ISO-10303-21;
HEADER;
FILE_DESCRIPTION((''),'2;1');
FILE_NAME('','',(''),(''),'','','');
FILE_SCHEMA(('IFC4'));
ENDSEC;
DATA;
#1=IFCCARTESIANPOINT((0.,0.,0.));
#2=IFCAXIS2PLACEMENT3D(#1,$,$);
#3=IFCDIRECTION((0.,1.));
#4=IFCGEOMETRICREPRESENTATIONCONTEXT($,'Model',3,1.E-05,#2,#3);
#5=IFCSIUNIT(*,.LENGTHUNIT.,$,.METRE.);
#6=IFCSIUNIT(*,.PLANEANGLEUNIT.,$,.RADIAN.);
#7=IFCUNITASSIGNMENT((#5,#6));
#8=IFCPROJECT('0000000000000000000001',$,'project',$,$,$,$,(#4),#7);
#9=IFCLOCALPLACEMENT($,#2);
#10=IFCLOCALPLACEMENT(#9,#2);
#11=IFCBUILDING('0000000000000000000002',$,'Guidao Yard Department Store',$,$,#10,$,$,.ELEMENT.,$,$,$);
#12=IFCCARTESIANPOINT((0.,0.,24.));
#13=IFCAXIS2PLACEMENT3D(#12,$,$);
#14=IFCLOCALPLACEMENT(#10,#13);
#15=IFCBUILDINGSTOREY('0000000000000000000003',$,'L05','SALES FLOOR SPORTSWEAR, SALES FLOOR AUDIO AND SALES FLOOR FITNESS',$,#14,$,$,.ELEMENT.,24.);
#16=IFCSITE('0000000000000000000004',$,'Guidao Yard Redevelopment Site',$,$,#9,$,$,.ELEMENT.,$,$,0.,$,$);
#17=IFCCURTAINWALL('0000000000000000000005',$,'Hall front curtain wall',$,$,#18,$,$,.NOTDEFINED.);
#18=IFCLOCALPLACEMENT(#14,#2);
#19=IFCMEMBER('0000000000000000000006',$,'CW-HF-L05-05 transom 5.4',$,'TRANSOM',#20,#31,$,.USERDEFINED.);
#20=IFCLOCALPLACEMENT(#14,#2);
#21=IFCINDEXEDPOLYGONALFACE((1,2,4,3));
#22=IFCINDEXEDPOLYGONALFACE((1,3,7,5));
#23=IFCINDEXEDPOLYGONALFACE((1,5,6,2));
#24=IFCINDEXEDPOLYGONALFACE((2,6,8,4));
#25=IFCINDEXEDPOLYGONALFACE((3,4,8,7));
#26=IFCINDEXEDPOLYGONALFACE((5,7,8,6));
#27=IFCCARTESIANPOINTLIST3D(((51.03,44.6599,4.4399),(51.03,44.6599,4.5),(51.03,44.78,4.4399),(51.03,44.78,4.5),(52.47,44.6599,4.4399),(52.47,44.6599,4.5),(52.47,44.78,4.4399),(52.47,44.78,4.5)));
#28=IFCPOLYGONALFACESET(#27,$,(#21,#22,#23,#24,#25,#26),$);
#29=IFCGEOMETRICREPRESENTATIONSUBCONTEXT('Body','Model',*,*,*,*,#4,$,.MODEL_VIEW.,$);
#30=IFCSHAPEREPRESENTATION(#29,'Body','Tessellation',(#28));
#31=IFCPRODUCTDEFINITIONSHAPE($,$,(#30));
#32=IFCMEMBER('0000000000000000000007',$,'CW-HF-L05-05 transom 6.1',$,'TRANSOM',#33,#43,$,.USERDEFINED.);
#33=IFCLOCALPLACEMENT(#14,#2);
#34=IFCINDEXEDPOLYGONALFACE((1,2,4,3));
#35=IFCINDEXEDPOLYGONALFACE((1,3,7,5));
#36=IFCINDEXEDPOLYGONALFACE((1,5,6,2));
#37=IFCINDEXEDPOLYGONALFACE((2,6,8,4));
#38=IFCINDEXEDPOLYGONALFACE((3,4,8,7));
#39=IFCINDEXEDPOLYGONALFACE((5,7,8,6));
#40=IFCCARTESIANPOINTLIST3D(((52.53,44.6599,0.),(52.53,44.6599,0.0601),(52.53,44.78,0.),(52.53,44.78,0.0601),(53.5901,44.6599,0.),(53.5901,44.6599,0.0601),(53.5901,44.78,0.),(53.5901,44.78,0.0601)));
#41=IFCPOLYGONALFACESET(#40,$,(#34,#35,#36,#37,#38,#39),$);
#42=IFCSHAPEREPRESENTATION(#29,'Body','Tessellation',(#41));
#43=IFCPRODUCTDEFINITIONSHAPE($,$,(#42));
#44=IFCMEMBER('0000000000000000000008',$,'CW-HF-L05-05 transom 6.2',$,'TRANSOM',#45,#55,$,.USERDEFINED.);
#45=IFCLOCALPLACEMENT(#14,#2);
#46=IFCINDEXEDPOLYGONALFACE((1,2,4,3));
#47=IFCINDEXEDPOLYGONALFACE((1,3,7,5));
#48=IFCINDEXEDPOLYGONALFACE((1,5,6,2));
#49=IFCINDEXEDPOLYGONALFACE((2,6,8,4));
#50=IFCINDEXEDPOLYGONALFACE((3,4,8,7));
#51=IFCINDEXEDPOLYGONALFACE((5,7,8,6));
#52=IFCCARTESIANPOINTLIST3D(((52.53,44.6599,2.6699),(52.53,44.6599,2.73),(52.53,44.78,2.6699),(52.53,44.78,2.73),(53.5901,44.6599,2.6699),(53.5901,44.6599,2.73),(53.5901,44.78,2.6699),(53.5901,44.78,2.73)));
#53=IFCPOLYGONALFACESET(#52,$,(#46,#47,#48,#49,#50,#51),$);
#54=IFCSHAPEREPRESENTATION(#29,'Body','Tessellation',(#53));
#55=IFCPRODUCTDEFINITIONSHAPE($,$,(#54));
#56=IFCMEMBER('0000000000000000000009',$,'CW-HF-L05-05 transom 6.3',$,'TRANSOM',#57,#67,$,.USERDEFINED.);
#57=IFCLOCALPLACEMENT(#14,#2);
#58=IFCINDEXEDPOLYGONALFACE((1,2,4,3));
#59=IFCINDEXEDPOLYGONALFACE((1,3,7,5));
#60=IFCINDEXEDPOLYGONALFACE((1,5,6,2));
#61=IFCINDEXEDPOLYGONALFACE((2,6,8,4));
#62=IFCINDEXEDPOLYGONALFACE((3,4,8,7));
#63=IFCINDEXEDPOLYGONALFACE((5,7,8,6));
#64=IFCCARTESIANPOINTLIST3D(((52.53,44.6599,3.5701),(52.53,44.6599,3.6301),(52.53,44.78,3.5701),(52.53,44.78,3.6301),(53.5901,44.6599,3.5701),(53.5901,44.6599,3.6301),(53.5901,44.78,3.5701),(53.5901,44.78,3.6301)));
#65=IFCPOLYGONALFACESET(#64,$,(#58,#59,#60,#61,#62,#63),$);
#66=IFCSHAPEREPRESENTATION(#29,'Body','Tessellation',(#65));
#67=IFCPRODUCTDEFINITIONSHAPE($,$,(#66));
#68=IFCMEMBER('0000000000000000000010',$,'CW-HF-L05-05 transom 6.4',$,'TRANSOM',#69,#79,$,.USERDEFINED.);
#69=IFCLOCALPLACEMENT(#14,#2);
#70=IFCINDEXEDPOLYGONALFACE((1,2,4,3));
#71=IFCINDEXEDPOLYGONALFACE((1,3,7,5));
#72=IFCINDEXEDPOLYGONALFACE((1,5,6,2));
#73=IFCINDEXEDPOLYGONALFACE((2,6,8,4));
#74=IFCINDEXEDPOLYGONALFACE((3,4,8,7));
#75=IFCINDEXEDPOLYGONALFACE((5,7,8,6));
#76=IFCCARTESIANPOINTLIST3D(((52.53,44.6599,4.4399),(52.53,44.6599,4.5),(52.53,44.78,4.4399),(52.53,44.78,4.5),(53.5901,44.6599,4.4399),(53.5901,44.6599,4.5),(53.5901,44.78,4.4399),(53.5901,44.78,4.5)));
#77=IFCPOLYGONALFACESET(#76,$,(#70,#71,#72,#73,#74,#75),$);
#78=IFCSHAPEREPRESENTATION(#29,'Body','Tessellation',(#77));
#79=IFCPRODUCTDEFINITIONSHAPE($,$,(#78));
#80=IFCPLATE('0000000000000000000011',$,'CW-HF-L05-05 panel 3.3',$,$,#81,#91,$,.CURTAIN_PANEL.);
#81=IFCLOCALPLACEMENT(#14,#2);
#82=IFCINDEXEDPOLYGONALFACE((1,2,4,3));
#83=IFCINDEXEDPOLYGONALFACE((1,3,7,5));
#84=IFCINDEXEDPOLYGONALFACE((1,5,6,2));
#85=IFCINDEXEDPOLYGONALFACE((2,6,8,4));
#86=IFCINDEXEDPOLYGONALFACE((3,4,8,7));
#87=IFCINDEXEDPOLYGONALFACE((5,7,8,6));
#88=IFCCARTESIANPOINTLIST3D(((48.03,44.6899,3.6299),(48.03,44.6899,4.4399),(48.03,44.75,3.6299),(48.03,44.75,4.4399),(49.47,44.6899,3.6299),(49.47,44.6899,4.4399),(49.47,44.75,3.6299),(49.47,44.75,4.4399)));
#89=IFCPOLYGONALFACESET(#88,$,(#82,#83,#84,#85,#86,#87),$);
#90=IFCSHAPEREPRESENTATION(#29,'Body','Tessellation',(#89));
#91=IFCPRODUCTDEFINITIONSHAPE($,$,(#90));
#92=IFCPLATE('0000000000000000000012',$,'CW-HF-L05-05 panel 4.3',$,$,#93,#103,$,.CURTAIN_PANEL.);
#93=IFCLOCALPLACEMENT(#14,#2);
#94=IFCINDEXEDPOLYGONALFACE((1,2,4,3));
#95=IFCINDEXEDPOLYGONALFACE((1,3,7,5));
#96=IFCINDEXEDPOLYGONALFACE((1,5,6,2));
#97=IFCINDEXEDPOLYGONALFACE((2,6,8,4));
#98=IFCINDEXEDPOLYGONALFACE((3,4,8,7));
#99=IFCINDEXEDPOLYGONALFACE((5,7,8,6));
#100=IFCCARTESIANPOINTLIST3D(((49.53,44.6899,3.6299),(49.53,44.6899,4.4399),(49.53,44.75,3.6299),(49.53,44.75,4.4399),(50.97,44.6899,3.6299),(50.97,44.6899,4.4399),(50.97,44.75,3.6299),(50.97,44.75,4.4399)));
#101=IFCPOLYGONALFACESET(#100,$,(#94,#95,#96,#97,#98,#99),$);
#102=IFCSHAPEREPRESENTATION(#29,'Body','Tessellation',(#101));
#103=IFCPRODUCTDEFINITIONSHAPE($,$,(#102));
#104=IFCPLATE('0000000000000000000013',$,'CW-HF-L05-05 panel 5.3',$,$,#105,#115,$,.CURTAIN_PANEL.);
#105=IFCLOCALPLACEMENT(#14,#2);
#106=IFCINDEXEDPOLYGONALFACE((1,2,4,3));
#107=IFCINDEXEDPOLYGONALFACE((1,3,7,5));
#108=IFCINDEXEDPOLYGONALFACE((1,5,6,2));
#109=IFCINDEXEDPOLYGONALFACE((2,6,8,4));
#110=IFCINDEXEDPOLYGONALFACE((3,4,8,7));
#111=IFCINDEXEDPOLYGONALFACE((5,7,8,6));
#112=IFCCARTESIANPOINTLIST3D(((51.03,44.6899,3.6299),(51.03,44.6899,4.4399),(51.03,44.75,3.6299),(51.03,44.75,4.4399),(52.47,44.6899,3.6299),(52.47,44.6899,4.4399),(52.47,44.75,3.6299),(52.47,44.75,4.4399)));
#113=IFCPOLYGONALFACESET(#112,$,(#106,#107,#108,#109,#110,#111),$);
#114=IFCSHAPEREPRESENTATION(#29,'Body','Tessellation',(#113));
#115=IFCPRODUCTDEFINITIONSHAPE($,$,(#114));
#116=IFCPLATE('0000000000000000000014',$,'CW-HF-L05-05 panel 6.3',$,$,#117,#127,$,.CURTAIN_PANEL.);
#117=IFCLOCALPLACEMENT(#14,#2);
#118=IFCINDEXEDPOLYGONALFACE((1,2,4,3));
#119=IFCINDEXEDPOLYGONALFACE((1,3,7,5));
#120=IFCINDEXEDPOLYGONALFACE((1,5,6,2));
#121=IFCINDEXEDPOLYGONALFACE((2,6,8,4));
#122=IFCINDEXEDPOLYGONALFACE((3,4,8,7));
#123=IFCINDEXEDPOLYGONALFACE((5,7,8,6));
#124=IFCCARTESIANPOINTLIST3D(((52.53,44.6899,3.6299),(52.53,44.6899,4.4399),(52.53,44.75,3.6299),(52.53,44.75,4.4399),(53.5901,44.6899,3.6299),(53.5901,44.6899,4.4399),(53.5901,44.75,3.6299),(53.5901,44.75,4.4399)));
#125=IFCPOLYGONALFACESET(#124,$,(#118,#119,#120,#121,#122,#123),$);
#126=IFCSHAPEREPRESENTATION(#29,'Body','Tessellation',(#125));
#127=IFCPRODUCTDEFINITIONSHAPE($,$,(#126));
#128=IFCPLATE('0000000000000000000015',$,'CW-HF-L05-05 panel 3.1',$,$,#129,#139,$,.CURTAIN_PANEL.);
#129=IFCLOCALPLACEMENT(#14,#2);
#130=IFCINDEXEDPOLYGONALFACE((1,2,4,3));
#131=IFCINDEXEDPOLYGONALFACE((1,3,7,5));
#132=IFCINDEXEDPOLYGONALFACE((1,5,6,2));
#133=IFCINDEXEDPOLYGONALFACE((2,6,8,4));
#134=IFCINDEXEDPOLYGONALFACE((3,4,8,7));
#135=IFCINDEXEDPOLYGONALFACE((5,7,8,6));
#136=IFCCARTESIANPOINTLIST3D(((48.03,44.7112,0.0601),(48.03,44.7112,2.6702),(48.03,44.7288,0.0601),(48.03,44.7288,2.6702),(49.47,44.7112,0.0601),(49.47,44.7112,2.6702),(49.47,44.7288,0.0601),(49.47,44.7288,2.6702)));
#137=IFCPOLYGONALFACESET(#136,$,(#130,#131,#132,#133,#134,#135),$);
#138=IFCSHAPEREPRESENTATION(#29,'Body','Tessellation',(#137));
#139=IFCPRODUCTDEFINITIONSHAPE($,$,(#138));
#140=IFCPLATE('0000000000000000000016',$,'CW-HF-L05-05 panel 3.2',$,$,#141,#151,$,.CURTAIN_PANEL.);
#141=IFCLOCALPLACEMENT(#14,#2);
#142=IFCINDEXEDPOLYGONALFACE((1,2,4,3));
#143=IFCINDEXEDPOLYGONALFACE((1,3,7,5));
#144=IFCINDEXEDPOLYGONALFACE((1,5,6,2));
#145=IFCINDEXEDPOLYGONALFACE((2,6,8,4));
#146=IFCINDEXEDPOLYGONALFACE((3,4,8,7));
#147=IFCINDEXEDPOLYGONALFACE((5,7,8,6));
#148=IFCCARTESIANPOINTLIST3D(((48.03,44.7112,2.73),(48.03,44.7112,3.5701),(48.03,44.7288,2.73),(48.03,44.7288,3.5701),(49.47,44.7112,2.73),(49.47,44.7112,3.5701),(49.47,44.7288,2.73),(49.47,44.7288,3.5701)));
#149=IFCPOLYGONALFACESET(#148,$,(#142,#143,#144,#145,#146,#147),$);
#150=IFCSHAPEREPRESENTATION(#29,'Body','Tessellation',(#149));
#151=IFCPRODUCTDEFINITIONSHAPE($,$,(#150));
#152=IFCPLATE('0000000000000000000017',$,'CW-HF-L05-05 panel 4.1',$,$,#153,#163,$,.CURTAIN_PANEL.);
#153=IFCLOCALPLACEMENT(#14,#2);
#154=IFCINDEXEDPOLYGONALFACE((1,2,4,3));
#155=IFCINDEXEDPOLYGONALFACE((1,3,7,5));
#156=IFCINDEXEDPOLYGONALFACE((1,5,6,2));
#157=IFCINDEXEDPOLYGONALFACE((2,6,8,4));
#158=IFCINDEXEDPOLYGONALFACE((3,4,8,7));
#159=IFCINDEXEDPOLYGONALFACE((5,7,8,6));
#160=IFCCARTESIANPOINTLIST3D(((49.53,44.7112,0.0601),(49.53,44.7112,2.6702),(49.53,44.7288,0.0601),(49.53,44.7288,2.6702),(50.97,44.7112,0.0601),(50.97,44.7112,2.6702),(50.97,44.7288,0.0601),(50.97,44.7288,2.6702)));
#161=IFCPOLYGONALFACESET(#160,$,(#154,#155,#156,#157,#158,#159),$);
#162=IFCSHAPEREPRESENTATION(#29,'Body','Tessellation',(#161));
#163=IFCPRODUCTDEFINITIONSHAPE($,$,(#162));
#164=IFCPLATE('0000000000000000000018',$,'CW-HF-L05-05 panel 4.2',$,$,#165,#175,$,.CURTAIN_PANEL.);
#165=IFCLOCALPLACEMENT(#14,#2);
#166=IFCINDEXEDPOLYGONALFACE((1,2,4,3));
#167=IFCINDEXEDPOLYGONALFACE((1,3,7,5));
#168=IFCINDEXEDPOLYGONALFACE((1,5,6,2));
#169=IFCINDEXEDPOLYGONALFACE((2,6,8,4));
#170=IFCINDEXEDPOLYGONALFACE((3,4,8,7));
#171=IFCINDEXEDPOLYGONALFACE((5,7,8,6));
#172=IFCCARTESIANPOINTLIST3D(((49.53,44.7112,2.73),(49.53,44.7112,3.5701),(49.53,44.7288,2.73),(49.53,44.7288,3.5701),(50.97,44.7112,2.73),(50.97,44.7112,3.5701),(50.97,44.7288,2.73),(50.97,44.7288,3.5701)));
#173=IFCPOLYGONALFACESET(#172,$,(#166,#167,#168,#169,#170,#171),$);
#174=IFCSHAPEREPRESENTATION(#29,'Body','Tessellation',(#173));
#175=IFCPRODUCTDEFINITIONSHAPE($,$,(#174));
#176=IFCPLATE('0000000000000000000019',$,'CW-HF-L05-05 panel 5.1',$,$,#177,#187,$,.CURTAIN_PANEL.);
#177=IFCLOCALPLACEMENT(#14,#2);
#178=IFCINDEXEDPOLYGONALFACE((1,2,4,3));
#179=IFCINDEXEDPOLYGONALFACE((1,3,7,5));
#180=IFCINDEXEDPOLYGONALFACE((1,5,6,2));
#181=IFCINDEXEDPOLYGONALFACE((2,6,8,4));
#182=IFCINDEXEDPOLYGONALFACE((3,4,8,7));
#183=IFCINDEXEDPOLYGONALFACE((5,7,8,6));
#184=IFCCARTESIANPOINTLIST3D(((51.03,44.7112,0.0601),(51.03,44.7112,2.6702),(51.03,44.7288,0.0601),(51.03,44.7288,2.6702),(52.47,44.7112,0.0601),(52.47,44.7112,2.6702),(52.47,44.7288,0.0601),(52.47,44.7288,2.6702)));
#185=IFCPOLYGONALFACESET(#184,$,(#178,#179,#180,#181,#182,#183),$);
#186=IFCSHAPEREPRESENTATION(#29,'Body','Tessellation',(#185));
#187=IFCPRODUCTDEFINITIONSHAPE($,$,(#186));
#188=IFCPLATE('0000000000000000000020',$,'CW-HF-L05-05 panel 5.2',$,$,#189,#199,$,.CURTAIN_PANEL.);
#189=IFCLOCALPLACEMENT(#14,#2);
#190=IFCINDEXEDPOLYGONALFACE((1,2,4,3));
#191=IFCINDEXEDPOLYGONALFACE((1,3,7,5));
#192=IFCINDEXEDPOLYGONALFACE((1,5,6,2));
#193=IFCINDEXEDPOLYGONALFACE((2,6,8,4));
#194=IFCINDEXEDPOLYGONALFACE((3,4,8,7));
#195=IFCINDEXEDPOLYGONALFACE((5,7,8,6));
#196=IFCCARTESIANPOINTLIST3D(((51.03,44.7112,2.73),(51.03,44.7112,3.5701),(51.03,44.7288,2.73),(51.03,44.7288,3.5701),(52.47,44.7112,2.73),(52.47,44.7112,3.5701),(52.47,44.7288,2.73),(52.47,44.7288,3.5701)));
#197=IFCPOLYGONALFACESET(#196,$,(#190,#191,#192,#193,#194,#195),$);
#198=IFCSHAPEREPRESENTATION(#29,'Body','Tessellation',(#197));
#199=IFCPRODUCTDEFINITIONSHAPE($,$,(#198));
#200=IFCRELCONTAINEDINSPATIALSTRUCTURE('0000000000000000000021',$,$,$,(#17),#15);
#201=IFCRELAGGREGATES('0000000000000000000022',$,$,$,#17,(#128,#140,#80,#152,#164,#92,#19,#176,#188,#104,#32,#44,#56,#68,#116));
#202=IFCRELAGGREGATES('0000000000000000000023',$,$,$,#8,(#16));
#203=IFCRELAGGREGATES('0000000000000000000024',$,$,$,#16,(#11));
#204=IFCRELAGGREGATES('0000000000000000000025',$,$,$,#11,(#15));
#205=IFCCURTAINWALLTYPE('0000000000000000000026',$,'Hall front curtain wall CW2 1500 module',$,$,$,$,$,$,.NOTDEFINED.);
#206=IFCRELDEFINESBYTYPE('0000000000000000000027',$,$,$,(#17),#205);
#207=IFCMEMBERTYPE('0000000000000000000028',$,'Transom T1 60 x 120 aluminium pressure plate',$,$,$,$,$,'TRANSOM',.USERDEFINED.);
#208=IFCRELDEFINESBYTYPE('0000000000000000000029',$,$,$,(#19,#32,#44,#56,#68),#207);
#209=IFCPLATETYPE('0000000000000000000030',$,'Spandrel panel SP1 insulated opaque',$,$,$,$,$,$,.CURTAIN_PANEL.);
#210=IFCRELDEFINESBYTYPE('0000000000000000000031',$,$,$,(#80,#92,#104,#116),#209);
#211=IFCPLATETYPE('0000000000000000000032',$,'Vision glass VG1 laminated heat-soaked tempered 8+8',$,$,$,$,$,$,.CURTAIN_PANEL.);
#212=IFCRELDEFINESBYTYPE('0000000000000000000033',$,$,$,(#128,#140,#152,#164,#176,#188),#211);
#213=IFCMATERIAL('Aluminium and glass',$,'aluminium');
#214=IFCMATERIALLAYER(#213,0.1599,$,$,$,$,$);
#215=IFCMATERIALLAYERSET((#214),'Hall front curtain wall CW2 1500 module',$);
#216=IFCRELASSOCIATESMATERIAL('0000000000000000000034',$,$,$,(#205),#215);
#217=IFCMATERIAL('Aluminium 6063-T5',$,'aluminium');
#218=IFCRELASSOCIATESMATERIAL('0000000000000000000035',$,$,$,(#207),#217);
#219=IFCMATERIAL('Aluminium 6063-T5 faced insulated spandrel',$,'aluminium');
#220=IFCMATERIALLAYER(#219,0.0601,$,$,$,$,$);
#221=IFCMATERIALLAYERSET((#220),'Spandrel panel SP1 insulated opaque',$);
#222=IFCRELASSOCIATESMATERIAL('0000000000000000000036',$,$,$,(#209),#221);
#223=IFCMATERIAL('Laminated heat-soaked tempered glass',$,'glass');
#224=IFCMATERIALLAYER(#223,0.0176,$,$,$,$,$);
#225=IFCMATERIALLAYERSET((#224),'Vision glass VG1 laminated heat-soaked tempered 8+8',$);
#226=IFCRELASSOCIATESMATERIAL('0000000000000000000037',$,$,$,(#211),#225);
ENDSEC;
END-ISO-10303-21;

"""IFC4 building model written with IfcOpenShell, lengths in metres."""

from ifc_helpers import new_model, si_unit, direction, frame, origin, origin_2d, place, context, subcontext, project, spatial, rectangle, extrude, material, layer, layer_set, material_profile, profile_set, type_object, element, aggregate, save


model = new_model("IFC4")

# Units and contexts
model_context = context("Model", 3, precision=1e-05, world=origin(), true_north=direction((0.0, 1.0)))
body_context = subcontext(model_context, "Body", "Model", "MODEL_VIEW")
ifc_project = project(units=[si_unit("LENGTHUNIT", "METRE"), si_unit("PLANEANGLEUNIT", "RADIAN")], contexts=[model_context])

# Site, building, storey
site_placement = place(None, origin())
site = spatial("IfcSite", under=ifc_project, at=site_placement, Name="Guidao Yard Redevelopment Site", CompositionType="ELEMENT", RefElevation=0.0)
building_placement = place(site_placement, origin())
building = spatial("IfcBuilding", under=site, at=building_placement, Name="Guidao Yard Department Store", CompositionType="ELEMENT")
storey_placement = place(building_placement, frame((0.0, 0.0, 24.0)))
storey = spatial("IfcBuildingStorey", under=building, at=storey_placement, Name="L05", Description="SALES FLOOR SPORTSWEAR, SALES FLOOR AUDIO AND SALES FLOOR FITNESS", CompositionType="ELEMENT", Elevation=24.0)

# Curtain wall, members, plates
ifc_material_1 = material(Name="Aluminium and glass", Category="aluminium")
ifc_layer_1 = layer(ifc_material_1, 0.1599)
ifc_layer_set_1 = layer_set([ifc_layer_1], Name="Hall front curtain wall CW2 1500 module")
curtain_wall_type = type_object("IfcCurtainWallType", Name="Hall front curtain wall CW2 1500 module", PredefinedType="NOTDEFINED", material=ifc_layer_set_1)
curtain_wall_placement = place(storey_placement, origin())
curtain_wall = element("IfcCurtainWall", 1, at=curtain_wall_placement, inside=storey, type_object=curtain_wall_type, Name="Hall front curtain wall", PredefinedType="NOTDEFINED")
ifc_material_2 = material(Name="Aluminium 6063-T5", Category="aluminium")
ifc_material_profile_1 = material_profile(ifc_material_2, rectangle(XDim=0.1201, YDim=0.0601, at=origin_2d()), Name="Transom T1 60 x 120 aluminium pressure plate")
ifc_profile_set_1 = profile_set([ifc_material_profile_1], Name="Aluminium 6063-T5")
member_type_1 = type_object("IfcMemberType", Name="Transom T1 60 x 120 aluminium pressure plate", ElementType="TRANSOM", PredefinedType="USERDEFINED", material=ifc_profile_set_1)
member_1_placement = place(storey_placement, frame((52.47, 44.72, 4.47), z_axis=(-1.0, 0.0, 0.0), x_axis=(0.0, -1.0, 0.0)))
member_1 = element("IfcMember", 2, at=member_1_placement, type_object=member_type_1, Name="CW-HF-L05-05 transom 5.4", ObjectType="TRANSOM", PredefinedType="USERDEFINED", context=body_context, shape_type="SweptSolid", body=[
    extrude(rectangle(XDim=0.1201, YDim=0.0601, at=origin_2d()), origin(), (0.0, 0.0, 1.0), 1.4399),
])
member_2_placement = place(storey_placement, frame((53.5901, 44.72, 0.03), z_axis=(-1.0, 0.0, 0.0), x_axis=(0.0, -1.0, 0.0)))
member_2 = element("IfcMember", 3, at=member_2_placement, type_object=member_type_1, Name="CW-HF-L05-05 transom 6.1", ObjectType="TRANSOM", PredefinedType="USERDEFINED", context=body_context, shape_type="SweptSolid", body=[
    extrude(rectangle(XDim=0.1201, YDim=0.0601, at=origin_2d()), origin(), (0.0, 0.0, 1.0), 1.0601),
])
member_3_placement = place(storey_placement, frame((53.5901, 44.72, 2.7), z_axis=(-1.0, 0.0, 0.0), x_axis=(0.0, -1.0, 0.0)))
member_3 = element("IfcMember", 4, at=member_3_placement, type_object=member_type_1, Name="CW-HF-L05-05 transom 6.2", ObjectType="TRANSOM", PredefinedType="USERDEFINED", context=body_context, shape_type="SweptSolid", body=[
    extrude(rectangle(XDim=0.1201, YDim=0.0601, at=origin_2d()), origin(), (0.0, 0.0, 1.0), 1.0601),
])
member_4_placement = place(storey_placement, frame((53.5901, 44.72, 3.6001), z_axis=(-1.0, 0.0, 0.0), x_axis=(0.0, -1.0, 0.0)))
member_4 = element("IfcMember", 5, at=member_4_placement, type_object=member_type_1, Name="CW-HF-L05-05 transom 6.3", ObjectType="TRANSOM", PredefinedType="USERDEFINED", context=body_context, shape_type="SweptSolid", body=[
    extrude(rectangle(XDim=0.1201, YDim=0.0601, at=origin_2d()), origin(), (0.0, 0.0, 1.0), 1.0601),
])
member_5_placement = place(storey_placement, frame((53.5901, 44.72, 4.47), z_axis=(-1.0, 0.0, 0.0), x_axis=(0.0, -1.0, 0.0)))
member_5 = element("IfcMember", 6, at=member_5_placement, type_object=member_type_1, Name="CW-HF-L05-05 transom 6.4", ObjectType="TRANSOM", PredefinedType="USERDEFINED", context=body_context, shape_type="SweptSolid", body=[
    extrude(rectangle(XDim=0.1201, YDim=0.0601, at=origin_2d()), origin(), (0.0, 0.0, 1.0), 1.0601),
])
ifc_material_3 = material(Name="Aluminium 6063-T5 faced insulated spandrel", Category="aluminium")
ifc_layer_2 = layer(ifc_material_3, 0.0601)
ifc_layer_set_2 = layer_set([ifc_layer_2], Name="Spandrel panel SP1 insulated opaque")
plate_type_1 = type_object("IfcPlateType", Name="Spandrel panel SP1 insulated opaque", PredefinedType="CURTAIN_PANEL", material=ifc_layer_set_2)
plate_1_placement = place(storey_placement, frame((48.75, 44.72, 3.6299), z_axis=(0.0, 0.0, 1.0), x_axis=(-1.0, 0.0, 0.0)))
plate_1 = element("IfcPlate", 7, at=plate_1_placement, type_object=plate_type_1, Name="CW-HF-L05-05 panel 3.3", PredefinedType="CURTAIN_PANEL", context=body_context, shape_type="SweptSolid", body=[
    extrude(rectangle(XDim=1.4399, YDim=0.0601, at=origin_2d()), origin(), (0.0, 0.0, 1.0), 0.8101),
])
plate_2_placement = place(storey_placement, frame((50.25, 44.72, 3.6299), z_axis=(0.0, 0.0, 1.0), x_axis=(-1.0, 0.0, 0.0)))
plate_2 = element("IfcPlate", 8, at=plate_2_placement, type_object=plate_type_1, Name="CW-HF-L05-05 panel 4.3", PredefinedType="CURTAIN_PANEL", context=body_context, shape_type="SweptSolid", body=[
    extrude(rectangle(XDim=1.4399, YDim=0.0601, at=origin_2d()), origin(), (0.0, 0.0, 1.0), 0.8101),
])
plate_3_placement = place(storey_placement, frame((51.75, 44.72, 3.6299), z_axis=(0.0, 0.0, 1.0), x_axis=(-1.0, 0.0, 0.0)))
plate_3 = element("IfcPlate", 9, at=plate_3_placement, type_object=plate_type_1, Name="CW-HF-L05-05 panel 5.3", PredefinedType="CURTAIN_PANEL", context=body_context, shape_type="SweptSolid", body=[
    extrude(rectangle(XDim=1.4399, YDim=0.0601, at=origin_2d()), origin(), (0.0, 0.0, 1.0), 0.8101),
])
plate_4_placement = place(storey_placement, frame((53.0601, 44.72, 3.6299), z_axis=(0.0, 0.0, 1.0), x_axis=(-1.0, 0.0, 0.0)))
plate_4 = element("IfcPlate", 10, at=plate_4_placement, type_object=plate_type_1, Name="CW-HF-L05-05 panel 6.3", PredefinedType="CURTAIN_PANEL", context=body_context, shape_type="SweptSolid", body=[
    extrude(rectangle(XDim=1.0601, YDim=0.0601, at=origin_2d()), origin(), (0.0, 0.0, 1.0), 0.8101),
])
ifc_material_4 = material(Name="Laminated heat-soaked tempered glass", Category="glass")
ifc_layer_3 = layer(ifc_material_4, 0.0176)
ifc_layer_set_3 = layer_set([ifc_layer_3], Name="Vision glass VG1 laminated heat-soaked tempered 8+8")
plate_type_2 = type_object("IfcPlateType", Name="Vision glass VG1 laminated heat-soaked tempered 8+8", PredefinedType="CURTAIN_PANEL", material=ifc_layer_set_3)
plate_5_placement = place(storey_placement, frame((48.75, 44.72, 0.0601), z_axis=(0.0, 0.0, 1.0), x_axis=(-1.0, 0.0, 0.0)))
plate_5 = element("IfcPlate", 11, at=plate_5_placement, type_object=plate_type_2, Name="CW-HF-L05-05 panel 3.1", PredefinedType="CURTAIN_PANEL", context=body_context, shape_type="SweptSolid", body=[
    extrude(rectangle(XDim=1.4399, YDim=0.0176, at=origin_2d()), origin(), (0.0, 0.0, 1.0), 2.6101),
])
plate_6_placement = place(storey_placement, frame((48.75, 44.72, 2.73), z_axis=(0.0, 0.0, 1.0), x_axis=(-1.0, 0.0, 0.0)))
plate_6 = element("IfcPlate", 12, at=plate_6_placement, type_object=plate_type_2, Name="CW-HF-L05-05 panel 3.2", PredefinedType="CURTAIN_PANEL", context=body_context, shape_type="SweptSolid", body=[
    extrude(rectangle(XDim=1.4399, YDim=0.0176, at=origin_2d()), origin(), (0.0, 0.0, 1.0), 0.8401),
])
plate_7_placement = place(storey_placement, frame((50.25, 44.72, 0.0601), z_axis=(0.0, 0.0, 1.0), x_axis=(-1.0, 0.0, 0.0)))
plate_7 = element("IfcPlate", 13, at=plate_7_placement, type_object=plate_type_2, Name="CW-HF-L05-05 panel 4.1", PredefinedType="CURTAIN_PANEL", context=body_context, shape_type="SweptSolid", body=[
    extrude(rectangle(XDim=1.4399, YDim=0.0176, at=origin_2d()), origin(), (0.0, 0.0, 1.0), 2.6101),
])
plate_8_placement = place(storey_placement, frame((50.25, 44.72, 2.73), z_axis=(0.0, 0.0, 1.0), x_axis=(-1.0, 0.0, 0.0)))
plate_8 = element("IfcPlate", 14, at=plate_8_placement, type_object=plate_type_2, Name="CW-HF-L05-05 panel 4.2", PredefinedType="CURTAIN_PANEL", context=body_context, shape_type="SweptSolid", body=[
    extrude(rectangle(XDim=1.4399, YDim=0.0176, at=origin_2d()), origin(), (0.0, 0.0, 1.0), 0.8401),
])
plate_9_placement = place(storey_placement, frame((51.75, 44.72, 0.0601), z_axis=(0.0, 0.0, 1.0), x_axis=(-1.0, 0.0, 0.0)))
plate_9 = element("IfcPlate", 15, at=plate_9_placement, type_object=plate_type_2, Name="CW-HF-L05-05 panel 5.1", PredefinedType="CURTAIN_PANEL", context=body_context, shape_type="SweptSolid", body=[
    extrude(rectangle(XDim=1.4399, YDim=0.0176, at=origin_2d()), origin(), (0.0, 0.0, 1.0), 2.6101),
])
plate_10_placement = place(storey_placement, frame((51.75, 44.72, 2.73), z_axis=(0.0, 0.0, 1.0), x_axis=(-1.0, 0.0, 0.0)))
plate_10 = element("IfcPlate", 16, at=plate_10_placement, type_object=plate_type_2, Name="CW-HF-L05-05 panel 5.2", PredefinedType="CURTAIN_PANEL", context=body_context, shape_type="SweptSolid", body=[
    extrude(rectangle(XDim=1.4399, YDim=0.0176, at=origin_2d()), origin(), (0.0, 0.0, 1.0), 0.8401),
])
aggregate(curtain_wall, [plate_5, plate_6, plate_1, plate_7, plate_8, plate_2, member_1, plate_9, plate_10, plate_3, member_2, member_3, member_4, member_5, plate_4])

save(model, "model.ifc")
